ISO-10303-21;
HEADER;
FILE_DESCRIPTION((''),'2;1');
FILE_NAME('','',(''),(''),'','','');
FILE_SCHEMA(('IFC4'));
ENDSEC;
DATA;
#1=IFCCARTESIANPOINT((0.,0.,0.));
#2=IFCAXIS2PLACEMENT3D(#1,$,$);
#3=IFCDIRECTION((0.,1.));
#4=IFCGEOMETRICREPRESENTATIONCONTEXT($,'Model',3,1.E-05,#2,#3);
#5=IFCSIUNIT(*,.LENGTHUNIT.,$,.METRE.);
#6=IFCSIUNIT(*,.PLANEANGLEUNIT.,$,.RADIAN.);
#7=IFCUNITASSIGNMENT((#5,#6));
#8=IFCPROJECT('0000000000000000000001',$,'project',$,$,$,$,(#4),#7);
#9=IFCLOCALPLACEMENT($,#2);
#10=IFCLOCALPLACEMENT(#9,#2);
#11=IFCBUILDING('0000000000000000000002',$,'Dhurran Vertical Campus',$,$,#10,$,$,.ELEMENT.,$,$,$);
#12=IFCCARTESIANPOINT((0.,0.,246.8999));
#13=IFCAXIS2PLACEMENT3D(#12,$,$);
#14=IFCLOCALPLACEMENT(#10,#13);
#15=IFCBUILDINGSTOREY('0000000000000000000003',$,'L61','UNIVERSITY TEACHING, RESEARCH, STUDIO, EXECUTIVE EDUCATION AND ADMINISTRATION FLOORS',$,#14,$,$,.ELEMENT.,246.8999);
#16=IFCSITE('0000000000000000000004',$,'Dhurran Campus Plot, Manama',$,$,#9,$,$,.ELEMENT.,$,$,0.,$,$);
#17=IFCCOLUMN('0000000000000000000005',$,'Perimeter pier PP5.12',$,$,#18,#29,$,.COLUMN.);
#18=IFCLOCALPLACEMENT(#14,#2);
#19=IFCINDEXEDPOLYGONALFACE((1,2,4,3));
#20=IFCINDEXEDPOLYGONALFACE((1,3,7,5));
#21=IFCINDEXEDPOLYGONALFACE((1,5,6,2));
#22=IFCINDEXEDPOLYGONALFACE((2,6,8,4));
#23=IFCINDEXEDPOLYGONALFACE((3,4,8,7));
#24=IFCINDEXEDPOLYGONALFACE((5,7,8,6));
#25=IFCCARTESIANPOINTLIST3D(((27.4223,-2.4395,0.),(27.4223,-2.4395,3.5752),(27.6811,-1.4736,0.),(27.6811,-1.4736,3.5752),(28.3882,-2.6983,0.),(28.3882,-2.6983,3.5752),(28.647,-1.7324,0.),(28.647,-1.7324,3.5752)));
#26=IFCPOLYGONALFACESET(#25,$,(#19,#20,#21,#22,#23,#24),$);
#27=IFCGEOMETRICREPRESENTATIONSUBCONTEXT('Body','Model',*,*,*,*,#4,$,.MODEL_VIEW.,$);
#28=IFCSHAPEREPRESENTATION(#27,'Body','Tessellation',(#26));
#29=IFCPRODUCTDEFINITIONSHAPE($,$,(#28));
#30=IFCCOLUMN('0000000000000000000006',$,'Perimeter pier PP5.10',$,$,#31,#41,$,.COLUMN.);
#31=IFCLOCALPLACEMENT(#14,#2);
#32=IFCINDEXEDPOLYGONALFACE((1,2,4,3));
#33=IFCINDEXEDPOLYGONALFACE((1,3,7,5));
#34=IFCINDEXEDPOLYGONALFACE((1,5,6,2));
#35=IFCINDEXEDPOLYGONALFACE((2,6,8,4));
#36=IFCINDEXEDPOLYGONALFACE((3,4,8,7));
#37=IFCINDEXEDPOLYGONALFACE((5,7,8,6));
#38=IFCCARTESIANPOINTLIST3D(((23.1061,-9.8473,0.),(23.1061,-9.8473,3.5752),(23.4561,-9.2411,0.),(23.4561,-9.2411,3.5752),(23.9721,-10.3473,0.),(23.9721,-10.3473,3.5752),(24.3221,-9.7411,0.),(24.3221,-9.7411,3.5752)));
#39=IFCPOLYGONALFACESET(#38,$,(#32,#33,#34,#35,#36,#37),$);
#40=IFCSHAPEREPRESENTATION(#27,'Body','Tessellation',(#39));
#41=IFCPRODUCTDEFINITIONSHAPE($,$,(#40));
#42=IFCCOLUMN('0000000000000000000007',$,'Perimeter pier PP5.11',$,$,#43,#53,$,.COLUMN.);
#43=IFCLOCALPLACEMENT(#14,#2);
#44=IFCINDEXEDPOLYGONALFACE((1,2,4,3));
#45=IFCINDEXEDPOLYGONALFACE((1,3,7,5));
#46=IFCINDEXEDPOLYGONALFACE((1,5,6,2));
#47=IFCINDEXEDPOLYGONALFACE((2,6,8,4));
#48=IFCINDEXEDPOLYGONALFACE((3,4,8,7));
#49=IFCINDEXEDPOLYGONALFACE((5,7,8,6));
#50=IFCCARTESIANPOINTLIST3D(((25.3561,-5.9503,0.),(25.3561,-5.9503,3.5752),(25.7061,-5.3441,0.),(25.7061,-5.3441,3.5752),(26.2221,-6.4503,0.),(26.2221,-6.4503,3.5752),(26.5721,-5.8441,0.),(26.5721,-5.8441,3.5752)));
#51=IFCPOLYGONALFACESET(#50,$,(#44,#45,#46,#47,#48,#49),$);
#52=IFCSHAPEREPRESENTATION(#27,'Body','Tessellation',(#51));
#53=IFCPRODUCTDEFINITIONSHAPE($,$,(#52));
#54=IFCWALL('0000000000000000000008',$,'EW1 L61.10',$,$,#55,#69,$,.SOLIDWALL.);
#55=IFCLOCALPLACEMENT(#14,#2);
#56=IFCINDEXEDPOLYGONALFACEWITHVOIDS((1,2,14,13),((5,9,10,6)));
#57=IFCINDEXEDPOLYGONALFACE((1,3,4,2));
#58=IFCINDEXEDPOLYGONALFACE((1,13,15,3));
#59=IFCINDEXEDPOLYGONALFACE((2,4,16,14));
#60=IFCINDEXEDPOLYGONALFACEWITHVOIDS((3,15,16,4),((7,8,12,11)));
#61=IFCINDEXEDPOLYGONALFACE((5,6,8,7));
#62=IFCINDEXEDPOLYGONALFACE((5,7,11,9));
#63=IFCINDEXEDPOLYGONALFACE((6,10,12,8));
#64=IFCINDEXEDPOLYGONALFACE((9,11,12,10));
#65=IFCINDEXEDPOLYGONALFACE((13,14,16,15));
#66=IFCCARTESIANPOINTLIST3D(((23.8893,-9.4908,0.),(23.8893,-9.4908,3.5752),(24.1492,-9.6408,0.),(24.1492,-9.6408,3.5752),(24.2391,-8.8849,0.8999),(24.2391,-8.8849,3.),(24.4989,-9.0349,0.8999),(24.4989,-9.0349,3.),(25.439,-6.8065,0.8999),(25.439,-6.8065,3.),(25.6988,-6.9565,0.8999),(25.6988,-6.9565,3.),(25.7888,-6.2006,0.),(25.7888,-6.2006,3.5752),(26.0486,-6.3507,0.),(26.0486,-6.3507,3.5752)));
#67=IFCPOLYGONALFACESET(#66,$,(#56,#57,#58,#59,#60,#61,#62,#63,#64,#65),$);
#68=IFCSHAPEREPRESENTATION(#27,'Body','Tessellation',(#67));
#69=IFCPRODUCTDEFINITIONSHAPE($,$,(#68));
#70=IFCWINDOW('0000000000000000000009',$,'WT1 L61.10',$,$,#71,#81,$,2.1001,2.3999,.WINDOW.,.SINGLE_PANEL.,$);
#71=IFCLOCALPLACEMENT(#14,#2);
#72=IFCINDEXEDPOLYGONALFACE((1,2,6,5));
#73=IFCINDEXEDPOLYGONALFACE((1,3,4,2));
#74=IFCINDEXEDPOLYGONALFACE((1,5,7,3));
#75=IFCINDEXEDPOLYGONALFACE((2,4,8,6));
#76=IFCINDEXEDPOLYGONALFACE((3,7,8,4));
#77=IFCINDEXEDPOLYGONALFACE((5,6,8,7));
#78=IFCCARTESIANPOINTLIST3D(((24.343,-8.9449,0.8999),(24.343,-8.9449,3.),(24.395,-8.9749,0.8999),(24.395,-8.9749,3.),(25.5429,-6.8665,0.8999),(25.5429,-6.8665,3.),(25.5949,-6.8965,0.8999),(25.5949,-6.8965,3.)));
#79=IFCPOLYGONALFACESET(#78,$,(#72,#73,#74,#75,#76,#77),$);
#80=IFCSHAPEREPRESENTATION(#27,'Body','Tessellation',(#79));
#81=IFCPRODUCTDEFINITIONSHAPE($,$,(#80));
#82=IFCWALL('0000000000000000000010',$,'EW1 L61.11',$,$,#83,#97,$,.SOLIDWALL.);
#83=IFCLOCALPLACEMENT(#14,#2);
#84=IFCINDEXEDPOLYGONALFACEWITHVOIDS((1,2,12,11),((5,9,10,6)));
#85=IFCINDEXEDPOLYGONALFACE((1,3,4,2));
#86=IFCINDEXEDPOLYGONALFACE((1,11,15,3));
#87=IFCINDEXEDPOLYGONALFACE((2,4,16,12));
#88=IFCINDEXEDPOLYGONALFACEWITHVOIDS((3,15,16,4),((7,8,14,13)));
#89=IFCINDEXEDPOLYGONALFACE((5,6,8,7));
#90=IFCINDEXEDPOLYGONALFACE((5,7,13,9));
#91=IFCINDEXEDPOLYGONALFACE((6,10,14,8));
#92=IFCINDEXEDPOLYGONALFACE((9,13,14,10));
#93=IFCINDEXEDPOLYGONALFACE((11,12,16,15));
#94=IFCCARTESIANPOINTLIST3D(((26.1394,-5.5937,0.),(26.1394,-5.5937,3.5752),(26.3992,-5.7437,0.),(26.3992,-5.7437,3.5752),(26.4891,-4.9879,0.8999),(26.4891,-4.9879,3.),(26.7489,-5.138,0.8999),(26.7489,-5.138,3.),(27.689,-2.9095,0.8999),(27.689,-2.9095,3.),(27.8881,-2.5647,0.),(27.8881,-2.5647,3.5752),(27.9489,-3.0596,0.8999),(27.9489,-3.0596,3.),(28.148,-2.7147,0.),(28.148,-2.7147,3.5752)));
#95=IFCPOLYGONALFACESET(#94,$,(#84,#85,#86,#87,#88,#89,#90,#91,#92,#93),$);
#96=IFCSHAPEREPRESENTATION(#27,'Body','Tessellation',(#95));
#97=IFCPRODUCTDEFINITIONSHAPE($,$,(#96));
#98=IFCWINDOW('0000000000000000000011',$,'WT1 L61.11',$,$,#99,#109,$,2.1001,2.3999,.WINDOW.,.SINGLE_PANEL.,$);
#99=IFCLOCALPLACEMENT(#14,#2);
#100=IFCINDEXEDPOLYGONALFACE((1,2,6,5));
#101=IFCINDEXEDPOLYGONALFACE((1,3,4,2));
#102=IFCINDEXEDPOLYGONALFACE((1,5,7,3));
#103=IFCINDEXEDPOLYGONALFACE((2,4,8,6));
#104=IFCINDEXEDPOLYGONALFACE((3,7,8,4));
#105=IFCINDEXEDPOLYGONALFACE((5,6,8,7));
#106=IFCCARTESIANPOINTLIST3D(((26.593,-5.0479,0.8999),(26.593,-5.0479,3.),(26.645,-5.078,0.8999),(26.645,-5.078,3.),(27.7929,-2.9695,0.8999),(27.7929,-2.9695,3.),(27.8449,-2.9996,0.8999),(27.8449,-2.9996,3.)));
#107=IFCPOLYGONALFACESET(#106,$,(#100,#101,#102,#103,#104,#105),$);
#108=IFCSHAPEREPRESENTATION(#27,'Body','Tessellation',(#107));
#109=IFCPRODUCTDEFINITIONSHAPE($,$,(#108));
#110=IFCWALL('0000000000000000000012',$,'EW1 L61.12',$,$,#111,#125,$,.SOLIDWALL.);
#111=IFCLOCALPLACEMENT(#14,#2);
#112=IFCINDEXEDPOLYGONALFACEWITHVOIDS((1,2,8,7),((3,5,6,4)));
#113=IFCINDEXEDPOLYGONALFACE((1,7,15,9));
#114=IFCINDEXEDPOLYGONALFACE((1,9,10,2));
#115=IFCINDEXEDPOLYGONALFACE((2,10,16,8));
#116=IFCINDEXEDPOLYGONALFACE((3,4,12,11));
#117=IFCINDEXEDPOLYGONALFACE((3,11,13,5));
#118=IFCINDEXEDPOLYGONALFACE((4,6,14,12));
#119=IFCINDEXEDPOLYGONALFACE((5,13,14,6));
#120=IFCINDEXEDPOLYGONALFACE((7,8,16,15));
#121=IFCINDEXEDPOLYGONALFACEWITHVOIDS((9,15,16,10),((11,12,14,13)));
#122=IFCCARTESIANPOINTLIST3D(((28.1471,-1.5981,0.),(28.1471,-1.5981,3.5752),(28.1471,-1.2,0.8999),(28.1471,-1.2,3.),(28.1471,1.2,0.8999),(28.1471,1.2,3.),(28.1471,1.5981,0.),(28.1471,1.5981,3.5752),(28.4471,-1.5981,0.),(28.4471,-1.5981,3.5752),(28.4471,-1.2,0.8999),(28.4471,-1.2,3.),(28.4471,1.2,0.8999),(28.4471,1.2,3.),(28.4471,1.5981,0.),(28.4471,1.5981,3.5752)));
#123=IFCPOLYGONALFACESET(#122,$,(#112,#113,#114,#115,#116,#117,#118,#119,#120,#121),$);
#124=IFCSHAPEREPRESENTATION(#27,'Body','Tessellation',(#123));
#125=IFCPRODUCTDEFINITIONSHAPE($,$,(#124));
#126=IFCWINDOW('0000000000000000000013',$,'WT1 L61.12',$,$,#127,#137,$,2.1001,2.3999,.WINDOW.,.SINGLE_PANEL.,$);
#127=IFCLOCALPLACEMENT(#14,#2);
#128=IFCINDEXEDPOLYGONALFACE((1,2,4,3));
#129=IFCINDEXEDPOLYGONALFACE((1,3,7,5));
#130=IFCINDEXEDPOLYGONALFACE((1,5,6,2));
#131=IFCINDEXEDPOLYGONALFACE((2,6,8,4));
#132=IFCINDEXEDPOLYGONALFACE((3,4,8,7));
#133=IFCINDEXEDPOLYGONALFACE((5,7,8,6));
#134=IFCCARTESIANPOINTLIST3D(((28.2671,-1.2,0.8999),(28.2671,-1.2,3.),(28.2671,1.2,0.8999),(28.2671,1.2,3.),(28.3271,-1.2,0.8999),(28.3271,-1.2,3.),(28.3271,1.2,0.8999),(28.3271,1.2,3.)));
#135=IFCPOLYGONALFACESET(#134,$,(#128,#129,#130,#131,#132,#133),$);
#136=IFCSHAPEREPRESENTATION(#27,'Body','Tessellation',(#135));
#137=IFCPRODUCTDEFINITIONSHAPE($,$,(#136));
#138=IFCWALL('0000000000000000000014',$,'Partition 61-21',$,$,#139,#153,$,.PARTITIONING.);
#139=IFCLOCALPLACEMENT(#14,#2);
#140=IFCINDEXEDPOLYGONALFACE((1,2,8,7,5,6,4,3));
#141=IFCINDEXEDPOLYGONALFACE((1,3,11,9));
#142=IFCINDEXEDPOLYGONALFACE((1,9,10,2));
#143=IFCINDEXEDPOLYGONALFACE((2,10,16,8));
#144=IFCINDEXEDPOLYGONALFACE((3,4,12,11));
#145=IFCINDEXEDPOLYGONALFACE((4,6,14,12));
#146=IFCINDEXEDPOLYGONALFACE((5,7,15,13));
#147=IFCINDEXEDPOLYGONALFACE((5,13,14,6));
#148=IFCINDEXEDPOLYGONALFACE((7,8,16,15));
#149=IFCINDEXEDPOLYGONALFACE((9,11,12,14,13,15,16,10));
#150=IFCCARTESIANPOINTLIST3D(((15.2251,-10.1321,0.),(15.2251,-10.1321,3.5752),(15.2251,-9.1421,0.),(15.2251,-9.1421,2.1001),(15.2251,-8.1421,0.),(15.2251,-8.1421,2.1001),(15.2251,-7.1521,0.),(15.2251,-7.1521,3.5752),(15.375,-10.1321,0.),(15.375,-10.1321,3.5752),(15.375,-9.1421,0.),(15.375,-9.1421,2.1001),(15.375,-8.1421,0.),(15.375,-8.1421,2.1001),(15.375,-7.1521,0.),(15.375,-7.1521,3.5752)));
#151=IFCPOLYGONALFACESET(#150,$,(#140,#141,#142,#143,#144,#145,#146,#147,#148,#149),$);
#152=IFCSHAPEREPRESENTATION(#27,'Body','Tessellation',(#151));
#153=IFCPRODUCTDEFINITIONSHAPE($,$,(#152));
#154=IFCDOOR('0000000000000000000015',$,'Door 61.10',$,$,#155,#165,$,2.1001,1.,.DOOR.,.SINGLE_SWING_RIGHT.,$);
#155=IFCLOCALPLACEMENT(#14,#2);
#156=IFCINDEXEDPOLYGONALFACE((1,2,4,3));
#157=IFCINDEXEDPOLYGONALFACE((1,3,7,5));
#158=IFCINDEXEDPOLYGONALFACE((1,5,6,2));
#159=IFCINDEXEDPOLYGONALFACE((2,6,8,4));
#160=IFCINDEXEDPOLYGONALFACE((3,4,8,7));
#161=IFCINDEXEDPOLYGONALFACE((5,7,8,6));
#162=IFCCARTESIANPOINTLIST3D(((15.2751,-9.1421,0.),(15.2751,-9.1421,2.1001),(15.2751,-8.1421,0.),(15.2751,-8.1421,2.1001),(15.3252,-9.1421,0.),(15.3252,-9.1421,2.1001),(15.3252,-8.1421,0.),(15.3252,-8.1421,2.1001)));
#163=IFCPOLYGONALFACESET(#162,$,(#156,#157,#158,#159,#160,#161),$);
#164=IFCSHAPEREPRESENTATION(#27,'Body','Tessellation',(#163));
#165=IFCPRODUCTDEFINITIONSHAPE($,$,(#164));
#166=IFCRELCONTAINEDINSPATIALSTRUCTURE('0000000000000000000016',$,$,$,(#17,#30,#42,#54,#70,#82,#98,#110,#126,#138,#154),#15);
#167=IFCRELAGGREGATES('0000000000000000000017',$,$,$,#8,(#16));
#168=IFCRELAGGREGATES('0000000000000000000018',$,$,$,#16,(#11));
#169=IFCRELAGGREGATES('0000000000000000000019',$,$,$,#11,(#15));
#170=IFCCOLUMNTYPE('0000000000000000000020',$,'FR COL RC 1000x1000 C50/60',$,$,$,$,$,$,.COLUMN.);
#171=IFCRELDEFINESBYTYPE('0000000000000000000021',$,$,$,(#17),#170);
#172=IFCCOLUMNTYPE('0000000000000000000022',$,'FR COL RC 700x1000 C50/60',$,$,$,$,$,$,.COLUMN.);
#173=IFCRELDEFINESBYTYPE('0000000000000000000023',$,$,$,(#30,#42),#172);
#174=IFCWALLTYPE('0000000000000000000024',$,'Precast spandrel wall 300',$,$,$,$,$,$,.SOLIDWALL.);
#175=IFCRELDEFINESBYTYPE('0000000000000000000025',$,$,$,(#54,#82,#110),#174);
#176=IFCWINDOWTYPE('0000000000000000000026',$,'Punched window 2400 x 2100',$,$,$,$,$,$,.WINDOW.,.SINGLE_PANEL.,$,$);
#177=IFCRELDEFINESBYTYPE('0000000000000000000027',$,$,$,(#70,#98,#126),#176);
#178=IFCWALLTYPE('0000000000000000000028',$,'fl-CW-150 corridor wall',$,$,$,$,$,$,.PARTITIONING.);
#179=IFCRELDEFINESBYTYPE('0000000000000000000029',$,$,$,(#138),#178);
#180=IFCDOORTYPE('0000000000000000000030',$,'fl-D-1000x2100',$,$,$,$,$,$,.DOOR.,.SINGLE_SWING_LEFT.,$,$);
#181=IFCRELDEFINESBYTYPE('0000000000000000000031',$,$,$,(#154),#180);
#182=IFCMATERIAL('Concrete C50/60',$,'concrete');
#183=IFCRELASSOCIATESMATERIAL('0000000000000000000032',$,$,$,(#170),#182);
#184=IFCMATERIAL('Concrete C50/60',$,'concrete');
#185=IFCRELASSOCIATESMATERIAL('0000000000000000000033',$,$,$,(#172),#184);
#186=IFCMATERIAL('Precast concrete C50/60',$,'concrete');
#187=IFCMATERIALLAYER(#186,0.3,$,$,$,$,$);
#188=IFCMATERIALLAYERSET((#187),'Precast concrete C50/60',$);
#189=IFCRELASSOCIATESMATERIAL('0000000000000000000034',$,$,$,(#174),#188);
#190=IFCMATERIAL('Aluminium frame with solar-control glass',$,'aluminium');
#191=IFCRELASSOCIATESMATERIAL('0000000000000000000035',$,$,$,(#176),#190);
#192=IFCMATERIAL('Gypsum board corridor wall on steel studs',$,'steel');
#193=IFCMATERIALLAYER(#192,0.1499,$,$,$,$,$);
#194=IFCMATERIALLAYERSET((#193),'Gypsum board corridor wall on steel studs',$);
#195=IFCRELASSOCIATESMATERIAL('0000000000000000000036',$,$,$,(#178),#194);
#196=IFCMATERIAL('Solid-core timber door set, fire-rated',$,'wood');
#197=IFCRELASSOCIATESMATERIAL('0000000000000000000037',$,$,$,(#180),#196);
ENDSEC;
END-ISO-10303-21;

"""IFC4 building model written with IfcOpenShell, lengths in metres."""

from ifc_helpers import new_model, si_unit, direction, frame, frame_2d, origin, origin_2d, place, context, subcontext, project, spatial, rectangle, extrude, material, layer, layer_set, material_profile, profile_set, type_object, element, fill, save


model = new_model("IFC4")

# Units and contexts
model_context = context("Model", 3, precision=1e-05, world=origin(), true_north=direction((0.0, 1.0)))
body_context = subcontext(model_context, "Body", "Model", "MODEL_VIEW")
ifc_project = project(units=[si_unit("LENGTHUNIT", "METRE"), si_unit("PLANEANGLEUNIT", "RADIAN")], contexts=[model_context])

# Site, building, storey
site_placement = place(None, origin())
site = spatial("IfcSite", under=ifc_project, at=site_placement, Name="Dhurran Campus Plot, Manama", CompositionType="ELEMENT", RefElevation=0.0)
building_placement = place(site_placement, origin())
building = spatial("IfcBuilding", under=site, at=building_placement, Name="Dhurran Vertical Campus", CompositionType="ELEMENT")
storey_placement = place(building_placement, frame((0.0, 0.0, 246.8999)))
storey = spatial("IfcBuildingStorey", under=building, at=storey_placement, Name="L61", Description="UNIVERSITY TEACHING, RESEARCH, STUDIO, EXECUTIVE EDUCATION AND ADMINISTRATION FLOORS", CompositionType="ELEMENT", Elevation=246.8999)

# Columns
ifc_material_1 = material(Name="Concrete C50/60", Category="concrete")
ifc_material_profile_1 = material_profile(ifc_material_1, rectangle(XDim=1.0, YDim=1.0, at=origin_2d()), Name="RC 1000x1000")
ifc_profile_set_1 = profile_set([ifc_material_profile_1], Name="Concrete C50/60")
column_type_1 = type_object("IfcColumnType", Name="FR COL RC 1000x1000 C50/60", PredefinedType="COLUMN", material=ifc_profile_set_1)
column_placement = place(storey_placement, frame((28.0347, -2.0859, 0.0), z_axis=(0.0, 0.0, 1.0), x_axis=(0.258819, 0.965926, 0.0)))
element("IfcColumn", 1, at=column_placement, inside=storey, type_object=column_type_1, Name="Perimeter pier PP5.12", PredefinedType="COLUMN", context=body_context, shape_type="SweptSolid", body=[
    extrude(rectangle(XDim=1.0, YDim=1.0, at=origin_2d()), origin(), (0.0, 0.0, 1.0), 3.5752),
])
ifc_material_2 = material(Name="Concrete C50/60", Category="concrete")
ifc_material_profile_2 = material_profile(ifc_material_2, rectangle(XDim=0.7, YDim=1.0, at=origin_2d()), Name="RC 700x1000")
ifc_profile_set_2 = profile_set([ifc_material_profile_2], Name="Concrete C50/60")
column_type_2 = type_object("IfcColumnType", Name="FR COL RC 700x1000 C50/60", PredefinedType="COLUMN", material=ifc_profile_set_2)
for number, where, z_axis, x_axis, name in (
    (2, (23.7141, -9.7942, 0.0), (0.0, 0.0, 1.0), (0.5, 0.866025, 0.0), "Perimeter pier PP5.10"),
    (3, (25.9641, -5.8972, 0.0), (0.0, 0.0, 1.0), (0.5, 0.866025, 0.0), "Perimeter pier PP5.11"),
):
    element("IfcColumn", number, at=place(storey_placement, frame(where, z_axis=z_axis, x_axis=x_axis)), inside=storey, type_object=column_type_2, Name=name, PredefinedType="COLUMN", context=body_context, shape_type="SweptSolid", body=[
        extrude(rectangle(XDim=0.7, YDim=1.0, at=origin_2d()), origin(), (0.0, 0.0, 1.0), 3.5752),
    ])

# Walls, openings, windows
ifc_material_3 = material(Name="Precast concrete C50/60", Category="concrete")
ifc_layer_1 = layer(ifc_material_3, 0.3)
ifc_layer_set_1 = layer_set([ifc_layer_1], Name="Precast concrete C50/60")
wall_type_1 = type_object("IfcWallType", Name="Precast spandrel wall 300", PredefinedType="SOLIDWALL", material=ifc_layer_set_1)
wall_1_placement = place(storey_placement, frame((24.0193, -9.5657, 0.0), z_axis=(0.0, 0.0, 1.0), x_axis=(0.499982, 0.866036, 0.0)))
wall_1 = element("IfcWall", 4, at=wall_1_placement, inside=storey, type_object=wall_type_1, Name="EW1 L61.10", PredefinedType="SOLIDWALL", context=body_context, shape_type="SweptSolid", body=[
    extrude(rectangle(XDim=3.7991, YDim=0.3, at=frame_2d((1.8994, 0.0))), origin(), (0.0, 0.0, 1.0), 3.5752),
])
opening_1_placement = place(wall_1_placement, frame((0.6995, 0.0, 0.8999)))
opening_1 = element("IfcOpeningElement", 5, at=opening_1_placement, cuts=wall_1, PredefinedType="OPENING", context=body_context, shape_type="SweptSolid", body=[
    extrude(rectangle(XDim=2.3999, YDim=2.1001, at=frame_2d((1.2, 1.05))), frame((0.0, 0.1599, 0.0), z_axis=(0.0, -1.0, 0.0), x_axis=(1.0, 0.0, 0.0)), (0.0, 0.0, 1.0), 0.3201),
])
ifc_material_4 = material(Name="Aluminium frame with solar-control glass", Category="aluminium")
window_type = type_object("IfcWindowType", Name="Punched window 2400 x 2100", PartitioningType="SINGLE_PANEL", PredefinedType="WINDOW", material=ifc_material_4)
window_1_placement = place(opening_1_placement, origin())
window_1 = element("IfcWindow", 6, at=window_1_placement, inside=storey, type_object=window_type, Name="WT1 L61.10", OverallHeight=2.1001, OverallWidth=2.3999, PartitioningType="SINGLE_PANEL", PredefinedType="WINDOW", context=body_context, shape_type="SweptSolid", body=[
    extrude(rectangle(XDim=2.3999, YDim=2.1001, at=frame_2d((1.2, 1.05))), frame((0.0, 0.03, 0.0), z_axis=(0.0, -1.0, 0.0), x_axis=(1.0, 0.0, 0.0)), (0.0, 0.0, 1.0), 0.0601),
])
fill(opening_1, window_1)
wall_2_placement = place(storey_placement, frame((26.2693, -5.6687, 0.0), z_axis=(0.0, 0.0, 1.0), x_axis=(0.49999, 0.866031, 0.0)))
wall_2 = element("IfcWall", 7, at=wall_2_placement, inside=storey, type_object=wall_type_1, Name="EW1 L61.11", PredefinedType="SOLIDWALL", context=body_context, shape_type="SweptSolid", body=[
    extrude(rectangle(XDim=3.4976, YDim=0.3, at=frame_2d((1.7488, 0.0))), origin(), (0.0, 0.0, 1.0), 3.5752),
])
opening_2_placement = place(wall_2_placement, frame((0.6995, 0.0, 0.8999)))
opening_2 = element("IfcOpeningElement", 8, at=opening_2_placement, cuts=wall_2, PredefinedType="OPENING", context=body_context, shape_type="SweptSolid", body=[
    extrude(rectangle(XDim=2.3999, YDim=2.1001, at=frame_2d((1.2, 1.05))), frame((0.0, 0.1599, 0.0), z_axis=(0.0, -1.0, 0.0), x_axis=(1.0, 0.0, 0.0)), (0.0, 0.0, 1.0), 0.3201),
])
window_2_placement = place(opening_2_placement, origin())
window_2 = element("IfcWindow", 9, at=window_2_placement, inside=storey, type_object=window_type, Name="WT1 L61.11", OverallHeight=2.1001, OverallWidth=2.3999, PartitioningType="SINGLE_PANEL", PredefinedType="WINDOW", context=body_context, shape_type="SweptSolid", body=[
    extrude(rectangle(XDim=2.3999, YDim=2.1001, at=frame_2d((1.2, 1.05))), frame((0.0, 0.03, 0.0), z_axis=(0.0, -1.0, 0.0), x_axis=(1.0, 0.0, 0.0)), (0.0, 0.0, 1.0), 0.0601),
])
fill(opening_2, window_2)
wall_3_placement = place(storey_placement, frame((28.2971, -1.5981, 0.0), z_axis=(0.0, 0.0, 1.0), x_axis=(0.0, 1.0, 0.0)))
wall_3 = element("IfcWall", 10, at=wall_3_placement, inside=storey, type_object=wall_type_1, Name="EW1 L61.12", PredefinedType="SOLIDWALL", context=body_context, shape_type="SweptSolid", body=[
    extrude(rectangle(XDim=3.1963, YDim=0.3, at=frame_2d((1.5981, 0.0))), origin(), (0.0, 0.0, 1.0), 3.5752),
])
opening_3_placement = place(wall_3_placement, frame((0.3982, 0.0, 0.8999)))
opening_3 = element("IfcOpeningElement", 11, at=opening_3_placement, cuts=wall_3, PredefinedType="OPENING", context=body_context, shape_type="SweptSolid", body=[
    extrude(rectangle(XDim=2.3999, YDim=2.1001, at=frame_2d((1.2, 1.05))), frame((0.0, 0.1599, 0.0), z_axis=(0.0, -1.0, 0.0), x_axis=(1.0, 0.0, 0.0)), (0.0, 0.0, 1.0), 0.3201),
])
window_3_placement = place(opening_3_placement, origin())
window_3 = element("IfcWindow", 12, at=window_3_placement, inside=storey, type_object=window_type, Name="WT1 L61.12", OverallHeight=2.1001, OverallWidth=2.3999, PartitioningType="SINGLE_PANEL", PredefinedType="WINDOW", context=body_context, shape_type="SweptSolid", body=[
    extrude(rectangle(XDim=2.3999, YDim=2.1001, at=frame_2d((1.2, 1.05))), frame((0.0, 0.03, 0.0), z_axis=(0.0, -1.0, 0.0), x_axis=(1.0, 0.0, 0.0)), (0.0, 0.0, 1.0), 0.0601),
])
fill(opening_3, window_3)

# Wall, opening, door
ifc_material_5 = material(Name="Gypsum board corridor wall on steel studs", Category="steel")
ifc_layer_2 = layer(ifc_material_5, 0.1499)
ifc_layer_set_2 = layer_set([ifc_layer_2], Name="Gypsum board corridor wall on steel studs")
wall_type_2 = type_object("IfcWallType", Name="fl-CW-150 corridor wall", PredefinedType="PARTITIONING", material=ifc_layer_set_2)
wall_4_placement = place(storey_placement, frame((15.3, -10.1321, 0.0), z_axis=(0.0, 0.0, 1.0), x_axis=(0.0, 1.0, 0.0)))
wall_4 = element("IfcWall", 13, at=wall_4_placement, inside=storey, type_object=wall_type_2, Name="Partition 61-21", PredefinedType="PARTITIONING", context=body_context, shape_type="SweptSolid", body=[
    extrude(rectangle(XDim=2.98, YDim=0.1499, at=frame_2d((1.49, 0.0))), origin(), (0.0, 0.0, 1.0), 3.5752),
])
opening_4_placement = place(wall_4_placement, frame((0.99, 0.0, 0.0)))
opening_4 = element("IfcOpeningElement", 14, at=opening_4_placement, cuts=wall_4, PredefinedType="OPENING", context=body_context, shape_type="SweptSolid", body=[
    extrude(rectangle(XDim=1.0, YDim=2.1001, at=frame_2d((0.5, 1.05))), frame((0.0, 0.085, 0.0), z_axis=(0.0, -1.0, 0.0), x_axis=(1.0, 0.0, 0.0)), (0.0, 0.0, 1.0), 0.1699),
])
ifc_material_6 = material(Name="Solid-core timber door set, fire-rated", Category="wood")
door_type = type_object("IfcDoorType", Name="fl-D-1000x2100", OperationType="SINGLE_SWING_LEFT", PredefinedType="DOOR", material=ifc_material_6)
door_1_placement = place(opening_4_placement, origin())
door_1 = element("IfcDoor", 15, at=door_1_placement, inside=storey, type_object=door_type, Name="Door 61.10", OperationType="SINGLE_SWING_RIGHT", OverallHeight=2.1001, OverallWidth=1.0, PredefinedType="DOOR", context=body_context, shape_type="SweptSolid", body=[
    extrude(rectangle(XDim=1.0, YDim=2.1001, at=frame_2d((0.5, 1.05))), frame((0.0, 0.0249, 0.0), z_axis=(0.0, -1.0, 0.0), x_axis=(1.0, 0.0, 0.0)), (0.0, 0.0, 1.0), 0.05),
])
fill(opening_4, door_1)

save(model, "model.ifc")
